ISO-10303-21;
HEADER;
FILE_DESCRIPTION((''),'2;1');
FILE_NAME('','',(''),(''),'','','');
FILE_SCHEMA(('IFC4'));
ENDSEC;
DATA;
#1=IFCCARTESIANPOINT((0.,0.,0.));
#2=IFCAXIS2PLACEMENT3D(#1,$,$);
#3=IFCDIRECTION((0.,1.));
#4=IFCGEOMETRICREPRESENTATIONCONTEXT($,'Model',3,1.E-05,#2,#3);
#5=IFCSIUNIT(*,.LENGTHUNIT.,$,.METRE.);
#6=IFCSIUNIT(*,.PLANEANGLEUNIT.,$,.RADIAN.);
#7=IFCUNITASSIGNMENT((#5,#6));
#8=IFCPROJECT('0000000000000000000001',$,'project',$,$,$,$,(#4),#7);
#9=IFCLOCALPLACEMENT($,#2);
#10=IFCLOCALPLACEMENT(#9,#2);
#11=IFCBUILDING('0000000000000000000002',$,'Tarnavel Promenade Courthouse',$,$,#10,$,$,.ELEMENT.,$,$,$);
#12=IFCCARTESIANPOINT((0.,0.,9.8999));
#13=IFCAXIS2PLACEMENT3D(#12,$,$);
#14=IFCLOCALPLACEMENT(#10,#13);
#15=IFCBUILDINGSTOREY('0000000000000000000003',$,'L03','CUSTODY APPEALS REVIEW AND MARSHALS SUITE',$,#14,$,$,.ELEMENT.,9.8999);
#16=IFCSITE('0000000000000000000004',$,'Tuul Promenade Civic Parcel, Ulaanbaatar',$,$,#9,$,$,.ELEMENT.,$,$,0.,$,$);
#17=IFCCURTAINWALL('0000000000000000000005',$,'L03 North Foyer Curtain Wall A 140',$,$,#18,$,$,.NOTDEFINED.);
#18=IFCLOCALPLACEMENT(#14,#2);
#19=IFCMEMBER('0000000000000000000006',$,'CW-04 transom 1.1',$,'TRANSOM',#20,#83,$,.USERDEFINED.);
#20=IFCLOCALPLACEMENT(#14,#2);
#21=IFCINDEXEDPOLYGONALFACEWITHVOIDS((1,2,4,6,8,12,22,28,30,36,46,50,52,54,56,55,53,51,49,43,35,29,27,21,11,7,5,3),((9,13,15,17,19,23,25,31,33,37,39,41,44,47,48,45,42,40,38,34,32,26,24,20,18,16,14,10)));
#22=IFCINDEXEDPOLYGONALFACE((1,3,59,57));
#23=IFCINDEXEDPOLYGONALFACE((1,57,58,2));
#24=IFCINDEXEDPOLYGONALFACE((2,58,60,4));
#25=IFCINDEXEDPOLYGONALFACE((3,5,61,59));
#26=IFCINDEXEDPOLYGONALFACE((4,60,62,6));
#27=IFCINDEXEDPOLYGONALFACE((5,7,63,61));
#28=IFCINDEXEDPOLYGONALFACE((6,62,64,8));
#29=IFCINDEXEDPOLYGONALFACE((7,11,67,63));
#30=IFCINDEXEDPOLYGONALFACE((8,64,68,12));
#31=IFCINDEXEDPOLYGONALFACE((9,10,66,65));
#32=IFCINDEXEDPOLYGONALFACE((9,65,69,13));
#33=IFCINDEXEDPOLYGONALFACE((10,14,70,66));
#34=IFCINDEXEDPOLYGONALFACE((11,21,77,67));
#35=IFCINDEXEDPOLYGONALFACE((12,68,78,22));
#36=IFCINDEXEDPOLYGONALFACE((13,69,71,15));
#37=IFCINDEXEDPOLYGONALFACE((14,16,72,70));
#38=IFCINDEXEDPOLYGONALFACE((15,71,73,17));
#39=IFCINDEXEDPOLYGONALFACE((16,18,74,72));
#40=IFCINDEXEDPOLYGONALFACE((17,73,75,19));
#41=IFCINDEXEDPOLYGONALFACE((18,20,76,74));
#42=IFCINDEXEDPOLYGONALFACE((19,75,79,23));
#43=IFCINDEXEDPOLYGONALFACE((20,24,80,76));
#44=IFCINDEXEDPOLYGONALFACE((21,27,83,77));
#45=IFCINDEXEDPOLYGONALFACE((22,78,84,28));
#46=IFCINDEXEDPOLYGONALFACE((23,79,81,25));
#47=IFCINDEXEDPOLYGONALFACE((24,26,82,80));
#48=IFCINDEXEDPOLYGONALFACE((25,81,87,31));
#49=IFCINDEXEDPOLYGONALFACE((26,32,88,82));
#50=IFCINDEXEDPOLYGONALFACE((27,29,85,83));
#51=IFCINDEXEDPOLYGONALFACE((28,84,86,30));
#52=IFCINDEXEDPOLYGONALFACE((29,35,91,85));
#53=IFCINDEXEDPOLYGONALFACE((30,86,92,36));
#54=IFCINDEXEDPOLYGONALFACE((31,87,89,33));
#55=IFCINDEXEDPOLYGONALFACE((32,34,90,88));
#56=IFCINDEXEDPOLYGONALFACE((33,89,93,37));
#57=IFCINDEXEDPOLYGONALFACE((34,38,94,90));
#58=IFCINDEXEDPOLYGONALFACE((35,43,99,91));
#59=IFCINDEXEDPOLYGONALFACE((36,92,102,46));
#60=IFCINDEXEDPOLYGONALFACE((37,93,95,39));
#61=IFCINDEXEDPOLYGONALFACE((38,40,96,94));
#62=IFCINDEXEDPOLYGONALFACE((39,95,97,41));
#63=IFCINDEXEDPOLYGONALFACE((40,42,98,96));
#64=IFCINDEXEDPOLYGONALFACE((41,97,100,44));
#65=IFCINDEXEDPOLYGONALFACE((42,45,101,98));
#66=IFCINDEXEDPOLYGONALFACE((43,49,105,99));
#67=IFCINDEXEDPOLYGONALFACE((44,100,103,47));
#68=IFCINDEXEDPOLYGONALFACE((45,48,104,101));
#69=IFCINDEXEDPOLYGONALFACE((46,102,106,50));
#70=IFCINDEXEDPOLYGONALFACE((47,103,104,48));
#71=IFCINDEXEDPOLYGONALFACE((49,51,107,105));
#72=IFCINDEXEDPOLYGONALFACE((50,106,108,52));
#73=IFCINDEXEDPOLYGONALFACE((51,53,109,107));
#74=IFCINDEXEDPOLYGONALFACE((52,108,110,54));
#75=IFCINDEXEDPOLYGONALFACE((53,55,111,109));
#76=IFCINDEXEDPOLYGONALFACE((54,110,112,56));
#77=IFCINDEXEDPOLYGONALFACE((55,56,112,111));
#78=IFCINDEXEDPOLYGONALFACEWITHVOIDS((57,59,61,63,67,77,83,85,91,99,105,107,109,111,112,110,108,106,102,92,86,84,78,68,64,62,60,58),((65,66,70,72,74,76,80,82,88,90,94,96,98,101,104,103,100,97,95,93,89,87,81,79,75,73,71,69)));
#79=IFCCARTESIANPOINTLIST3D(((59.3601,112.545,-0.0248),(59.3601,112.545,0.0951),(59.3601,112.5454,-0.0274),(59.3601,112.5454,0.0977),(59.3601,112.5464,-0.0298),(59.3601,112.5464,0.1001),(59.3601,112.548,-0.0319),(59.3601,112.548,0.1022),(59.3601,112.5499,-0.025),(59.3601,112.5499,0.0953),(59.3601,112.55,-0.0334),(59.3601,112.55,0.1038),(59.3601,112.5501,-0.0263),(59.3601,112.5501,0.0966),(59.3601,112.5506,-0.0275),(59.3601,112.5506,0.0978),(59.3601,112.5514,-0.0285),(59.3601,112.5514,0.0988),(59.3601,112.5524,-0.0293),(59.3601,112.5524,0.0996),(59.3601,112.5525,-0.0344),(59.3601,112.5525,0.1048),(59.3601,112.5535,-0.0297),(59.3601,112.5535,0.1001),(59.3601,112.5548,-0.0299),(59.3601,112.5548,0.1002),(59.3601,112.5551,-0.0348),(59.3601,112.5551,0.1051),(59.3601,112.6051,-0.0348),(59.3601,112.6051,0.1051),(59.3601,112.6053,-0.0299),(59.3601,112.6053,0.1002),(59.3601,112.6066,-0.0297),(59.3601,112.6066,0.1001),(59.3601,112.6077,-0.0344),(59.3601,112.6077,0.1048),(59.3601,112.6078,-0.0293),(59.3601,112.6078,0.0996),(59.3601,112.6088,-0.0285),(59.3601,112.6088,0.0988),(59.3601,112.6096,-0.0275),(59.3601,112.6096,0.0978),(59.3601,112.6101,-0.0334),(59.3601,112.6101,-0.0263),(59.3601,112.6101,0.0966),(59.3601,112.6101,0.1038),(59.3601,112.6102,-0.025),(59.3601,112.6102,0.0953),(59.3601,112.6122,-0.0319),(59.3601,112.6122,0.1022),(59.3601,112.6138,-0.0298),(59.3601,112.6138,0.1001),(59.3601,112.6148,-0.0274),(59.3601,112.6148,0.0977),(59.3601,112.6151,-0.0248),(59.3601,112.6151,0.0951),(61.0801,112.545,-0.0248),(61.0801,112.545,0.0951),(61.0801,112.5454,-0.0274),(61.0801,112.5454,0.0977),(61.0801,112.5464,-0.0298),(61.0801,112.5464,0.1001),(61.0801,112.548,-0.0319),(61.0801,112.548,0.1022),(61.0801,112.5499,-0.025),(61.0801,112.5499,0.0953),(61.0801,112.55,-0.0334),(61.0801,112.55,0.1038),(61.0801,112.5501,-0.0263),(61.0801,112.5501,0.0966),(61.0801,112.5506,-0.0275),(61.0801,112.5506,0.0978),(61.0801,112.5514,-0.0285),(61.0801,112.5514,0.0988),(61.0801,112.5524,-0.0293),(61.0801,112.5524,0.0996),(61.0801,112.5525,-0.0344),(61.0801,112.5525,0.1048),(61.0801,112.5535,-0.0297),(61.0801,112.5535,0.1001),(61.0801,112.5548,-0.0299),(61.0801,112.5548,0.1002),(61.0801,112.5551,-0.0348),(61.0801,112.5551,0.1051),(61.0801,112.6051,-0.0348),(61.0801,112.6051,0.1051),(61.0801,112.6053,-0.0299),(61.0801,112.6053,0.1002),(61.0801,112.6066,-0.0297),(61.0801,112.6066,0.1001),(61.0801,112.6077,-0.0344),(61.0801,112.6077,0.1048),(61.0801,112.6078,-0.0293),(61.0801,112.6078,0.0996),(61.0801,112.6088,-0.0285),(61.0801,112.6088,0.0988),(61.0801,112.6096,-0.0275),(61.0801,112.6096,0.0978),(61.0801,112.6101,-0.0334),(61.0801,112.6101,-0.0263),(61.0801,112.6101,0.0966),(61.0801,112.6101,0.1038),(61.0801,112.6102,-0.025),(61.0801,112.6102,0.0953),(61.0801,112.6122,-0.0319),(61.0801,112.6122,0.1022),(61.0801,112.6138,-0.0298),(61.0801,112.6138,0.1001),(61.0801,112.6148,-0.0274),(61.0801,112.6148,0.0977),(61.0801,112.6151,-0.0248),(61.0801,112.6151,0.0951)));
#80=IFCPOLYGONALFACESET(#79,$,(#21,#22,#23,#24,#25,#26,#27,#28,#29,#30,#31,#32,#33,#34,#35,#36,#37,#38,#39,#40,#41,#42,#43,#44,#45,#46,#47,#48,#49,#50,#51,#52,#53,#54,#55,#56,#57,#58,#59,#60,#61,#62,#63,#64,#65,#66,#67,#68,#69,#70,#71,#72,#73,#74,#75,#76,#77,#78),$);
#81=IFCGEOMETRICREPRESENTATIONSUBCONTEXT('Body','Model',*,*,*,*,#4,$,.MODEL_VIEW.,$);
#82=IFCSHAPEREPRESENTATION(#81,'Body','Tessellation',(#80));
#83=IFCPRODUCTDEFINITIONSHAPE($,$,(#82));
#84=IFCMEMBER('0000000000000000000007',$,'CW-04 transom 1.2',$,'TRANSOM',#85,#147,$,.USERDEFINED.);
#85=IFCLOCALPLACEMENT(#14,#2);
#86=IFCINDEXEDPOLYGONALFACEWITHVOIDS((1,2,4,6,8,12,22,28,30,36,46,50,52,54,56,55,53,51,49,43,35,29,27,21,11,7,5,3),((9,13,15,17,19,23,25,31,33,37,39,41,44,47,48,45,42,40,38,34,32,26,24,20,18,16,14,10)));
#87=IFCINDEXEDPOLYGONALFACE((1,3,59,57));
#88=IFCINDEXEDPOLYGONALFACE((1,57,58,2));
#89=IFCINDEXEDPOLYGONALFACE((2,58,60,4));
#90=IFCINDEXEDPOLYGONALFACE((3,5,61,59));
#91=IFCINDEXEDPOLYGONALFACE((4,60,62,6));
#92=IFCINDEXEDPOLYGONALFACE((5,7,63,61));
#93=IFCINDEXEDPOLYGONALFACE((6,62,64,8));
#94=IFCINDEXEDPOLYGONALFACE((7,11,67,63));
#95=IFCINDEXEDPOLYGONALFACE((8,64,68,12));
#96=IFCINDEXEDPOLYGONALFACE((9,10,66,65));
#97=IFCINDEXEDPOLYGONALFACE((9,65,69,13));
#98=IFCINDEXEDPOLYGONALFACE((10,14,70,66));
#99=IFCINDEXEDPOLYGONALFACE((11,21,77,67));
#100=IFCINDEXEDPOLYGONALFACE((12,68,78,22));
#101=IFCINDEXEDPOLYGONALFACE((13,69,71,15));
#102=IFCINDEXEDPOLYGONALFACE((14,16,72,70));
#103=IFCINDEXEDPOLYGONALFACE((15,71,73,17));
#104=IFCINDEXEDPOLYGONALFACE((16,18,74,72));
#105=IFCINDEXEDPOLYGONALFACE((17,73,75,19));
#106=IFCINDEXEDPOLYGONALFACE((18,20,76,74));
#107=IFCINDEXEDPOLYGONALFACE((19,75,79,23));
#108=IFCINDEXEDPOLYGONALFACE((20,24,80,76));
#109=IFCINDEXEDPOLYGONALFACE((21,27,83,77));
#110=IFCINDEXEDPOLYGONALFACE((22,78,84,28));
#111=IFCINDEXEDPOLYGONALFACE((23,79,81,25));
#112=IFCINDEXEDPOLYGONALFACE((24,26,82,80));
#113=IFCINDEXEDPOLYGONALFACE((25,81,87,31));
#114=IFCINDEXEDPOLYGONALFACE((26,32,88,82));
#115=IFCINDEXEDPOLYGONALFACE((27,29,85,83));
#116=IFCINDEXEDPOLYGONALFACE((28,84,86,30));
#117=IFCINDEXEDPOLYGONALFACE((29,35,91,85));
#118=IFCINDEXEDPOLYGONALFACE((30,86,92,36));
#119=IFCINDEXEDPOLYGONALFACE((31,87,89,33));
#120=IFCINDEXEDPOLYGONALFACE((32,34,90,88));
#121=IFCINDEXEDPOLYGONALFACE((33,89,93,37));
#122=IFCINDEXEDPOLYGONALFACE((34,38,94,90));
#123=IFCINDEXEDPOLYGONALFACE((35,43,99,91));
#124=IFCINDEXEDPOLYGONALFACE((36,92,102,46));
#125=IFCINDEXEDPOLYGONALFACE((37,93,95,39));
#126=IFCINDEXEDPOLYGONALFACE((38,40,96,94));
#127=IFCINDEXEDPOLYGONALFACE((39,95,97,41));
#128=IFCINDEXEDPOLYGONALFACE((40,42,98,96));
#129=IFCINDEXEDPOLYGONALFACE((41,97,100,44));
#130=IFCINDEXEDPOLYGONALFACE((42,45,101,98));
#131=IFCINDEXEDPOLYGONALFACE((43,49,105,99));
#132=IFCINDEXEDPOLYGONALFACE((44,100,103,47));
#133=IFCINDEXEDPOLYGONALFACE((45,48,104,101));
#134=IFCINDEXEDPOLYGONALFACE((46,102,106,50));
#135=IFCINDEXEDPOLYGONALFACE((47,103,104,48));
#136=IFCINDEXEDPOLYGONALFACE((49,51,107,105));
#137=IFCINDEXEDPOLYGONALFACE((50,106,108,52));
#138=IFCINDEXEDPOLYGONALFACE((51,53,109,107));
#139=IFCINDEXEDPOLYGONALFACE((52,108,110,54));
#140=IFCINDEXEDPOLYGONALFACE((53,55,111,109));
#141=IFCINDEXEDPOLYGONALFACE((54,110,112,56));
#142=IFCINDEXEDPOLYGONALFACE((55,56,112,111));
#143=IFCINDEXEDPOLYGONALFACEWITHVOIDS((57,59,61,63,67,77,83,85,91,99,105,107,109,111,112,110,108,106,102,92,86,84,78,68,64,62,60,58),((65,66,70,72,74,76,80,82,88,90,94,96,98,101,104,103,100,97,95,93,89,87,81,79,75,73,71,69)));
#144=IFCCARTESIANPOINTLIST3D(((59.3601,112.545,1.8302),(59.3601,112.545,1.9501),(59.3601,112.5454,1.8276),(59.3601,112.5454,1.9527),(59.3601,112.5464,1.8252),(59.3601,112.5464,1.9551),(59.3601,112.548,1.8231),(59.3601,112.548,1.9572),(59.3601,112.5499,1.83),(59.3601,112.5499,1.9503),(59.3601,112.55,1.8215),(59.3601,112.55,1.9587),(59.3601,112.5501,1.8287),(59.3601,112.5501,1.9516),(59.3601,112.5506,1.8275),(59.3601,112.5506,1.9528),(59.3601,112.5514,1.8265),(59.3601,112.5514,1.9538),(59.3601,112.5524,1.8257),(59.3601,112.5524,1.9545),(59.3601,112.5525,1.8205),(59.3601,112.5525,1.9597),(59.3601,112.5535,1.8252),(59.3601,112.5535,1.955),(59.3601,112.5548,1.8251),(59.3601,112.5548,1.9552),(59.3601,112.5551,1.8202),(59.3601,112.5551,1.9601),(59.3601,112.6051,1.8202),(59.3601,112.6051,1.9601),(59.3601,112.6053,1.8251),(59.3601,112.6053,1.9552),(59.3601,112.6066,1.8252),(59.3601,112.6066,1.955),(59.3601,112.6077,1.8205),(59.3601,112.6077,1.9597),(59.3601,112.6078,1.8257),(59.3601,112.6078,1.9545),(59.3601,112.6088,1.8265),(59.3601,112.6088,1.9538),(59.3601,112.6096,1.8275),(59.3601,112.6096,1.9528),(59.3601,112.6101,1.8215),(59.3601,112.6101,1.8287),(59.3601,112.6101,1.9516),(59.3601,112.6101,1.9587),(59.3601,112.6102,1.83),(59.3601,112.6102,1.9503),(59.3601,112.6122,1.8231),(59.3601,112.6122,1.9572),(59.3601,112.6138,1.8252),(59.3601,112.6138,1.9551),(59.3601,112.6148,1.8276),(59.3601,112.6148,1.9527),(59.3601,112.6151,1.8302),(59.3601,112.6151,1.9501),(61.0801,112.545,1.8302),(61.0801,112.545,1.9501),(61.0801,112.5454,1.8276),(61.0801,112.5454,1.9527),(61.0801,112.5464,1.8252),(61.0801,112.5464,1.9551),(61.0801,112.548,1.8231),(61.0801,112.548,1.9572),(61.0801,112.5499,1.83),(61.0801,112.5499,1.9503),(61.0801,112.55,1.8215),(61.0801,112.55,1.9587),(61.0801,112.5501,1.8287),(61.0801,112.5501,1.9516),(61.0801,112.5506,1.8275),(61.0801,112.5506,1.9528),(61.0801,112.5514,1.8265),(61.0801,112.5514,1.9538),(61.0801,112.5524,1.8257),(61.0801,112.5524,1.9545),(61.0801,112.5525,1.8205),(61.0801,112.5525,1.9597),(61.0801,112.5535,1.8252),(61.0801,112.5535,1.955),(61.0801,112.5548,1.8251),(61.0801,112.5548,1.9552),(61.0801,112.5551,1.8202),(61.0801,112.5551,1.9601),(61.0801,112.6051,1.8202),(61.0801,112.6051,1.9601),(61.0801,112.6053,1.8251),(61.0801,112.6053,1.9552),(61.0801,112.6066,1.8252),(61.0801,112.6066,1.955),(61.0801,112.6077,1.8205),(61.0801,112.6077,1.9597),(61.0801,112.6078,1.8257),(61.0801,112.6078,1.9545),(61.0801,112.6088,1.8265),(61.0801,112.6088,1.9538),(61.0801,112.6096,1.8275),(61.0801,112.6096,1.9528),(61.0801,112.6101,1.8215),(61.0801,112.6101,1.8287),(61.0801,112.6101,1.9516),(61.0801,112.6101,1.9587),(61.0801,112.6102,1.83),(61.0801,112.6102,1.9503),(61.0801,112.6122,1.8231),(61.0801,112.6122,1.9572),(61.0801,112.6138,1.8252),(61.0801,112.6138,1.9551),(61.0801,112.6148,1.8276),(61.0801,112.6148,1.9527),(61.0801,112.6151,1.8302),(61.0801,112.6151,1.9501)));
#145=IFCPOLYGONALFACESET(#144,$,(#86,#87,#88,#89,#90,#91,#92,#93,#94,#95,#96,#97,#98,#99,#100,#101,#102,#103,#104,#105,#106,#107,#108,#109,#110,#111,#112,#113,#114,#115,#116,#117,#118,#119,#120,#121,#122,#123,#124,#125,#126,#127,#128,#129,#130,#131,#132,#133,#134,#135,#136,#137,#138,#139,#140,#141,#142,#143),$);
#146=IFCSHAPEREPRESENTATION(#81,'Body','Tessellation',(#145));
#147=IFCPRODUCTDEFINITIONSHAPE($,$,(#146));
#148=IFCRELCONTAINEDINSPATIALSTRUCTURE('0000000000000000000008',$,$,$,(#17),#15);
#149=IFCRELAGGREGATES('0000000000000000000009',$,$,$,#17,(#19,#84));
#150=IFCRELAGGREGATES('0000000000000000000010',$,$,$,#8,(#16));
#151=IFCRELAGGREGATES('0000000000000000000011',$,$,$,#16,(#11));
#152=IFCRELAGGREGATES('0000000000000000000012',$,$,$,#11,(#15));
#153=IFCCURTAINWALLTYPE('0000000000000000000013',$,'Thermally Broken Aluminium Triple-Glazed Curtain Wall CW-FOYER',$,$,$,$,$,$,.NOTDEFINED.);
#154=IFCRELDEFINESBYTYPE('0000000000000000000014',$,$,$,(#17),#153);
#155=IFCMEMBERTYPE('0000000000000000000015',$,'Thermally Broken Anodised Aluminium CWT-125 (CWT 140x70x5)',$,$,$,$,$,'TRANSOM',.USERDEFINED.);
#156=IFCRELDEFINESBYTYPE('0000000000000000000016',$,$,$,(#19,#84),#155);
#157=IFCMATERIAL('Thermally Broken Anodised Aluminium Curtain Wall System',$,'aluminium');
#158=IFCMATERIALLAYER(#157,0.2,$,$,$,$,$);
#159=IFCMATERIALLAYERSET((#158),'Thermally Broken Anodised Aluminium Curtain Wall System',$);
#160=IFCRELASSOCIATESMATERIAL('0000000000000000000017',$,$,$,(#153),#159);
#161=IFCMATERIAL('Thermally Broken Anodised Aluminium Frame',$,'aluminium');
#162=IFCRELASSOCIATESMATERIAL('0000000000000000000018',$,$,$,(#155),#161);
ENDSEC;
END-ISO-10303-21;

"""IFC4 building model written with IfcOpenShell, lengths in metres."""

from ifc_helpers import new_model, si_unit, direction, frame, origin, origin_2d, place, context, subcontext, project, spatial, hollow_rectangle, extrude, material, layer, layer_set, material_profile, profile_set, type_object, element, aggregate, save


model = new_model("IFC4")

# Units and contexts
model_context = context("Model", 3, precision=1e-05, world=origin(), true_north=direction((0.0, 1.0)))
body_context = subcontext(model_context, "Body", "Model", "MODEL_VIEW")
ifc_project = project(units=[si_unit("LENGTHUNIT", "METRE"), si_unit("PLANEANGLEUNIT", "RADIAN")], contexts=[model_context])

# Site, building, storey
site_placement = place(None, origin())
site = spatial("IfcSite", under=ifc_project, at=site_placement, Name="Tuul Promenade Civic Parcel, Ulaanbaatar", CompositionType="ELEMENT", RefElevation=0.0)
building_placement = place(site_placement, origin())
building = spatial("IfcBuilding", under=site, at=building_placement, Name="Tarnavel Promenade Courthouse", CompositionType="ELEMENT")
storey_placement = place(building_placement, frame((0.0, 0.0, 9.8999)))
storey = spatial("IfcBuildingStorey", under=building, at=storey_placement, Name="L03", Description="CUSTODY APPEALS REVIEW AND MARSHALS SUITE", CompositionType="ELEMENT", Elevation=9.8999)

# Shared definitions
ifc_material_1 = material(Name="Thermally Broken Anodised Aluminium Curtain Wall System", Category="aluminium")
ifc_layer_1 = layer(ifc_material_1, 0.2)
ifc_layer_set_1 = layer_set([ifc_layer_1], Name="Thermally Broken Anodised Aluminium Curtain Wall System")
curtain_wall_type = type_object("IfcCurtainWallType", Name="Thermally Broken Aluminium Triple-Glazed Curtain Wall CW-FOYER", PredefinedType="NOTDEFINED", material=ifc_layer_set_1)
ifc_material_2 = material(Name="Thermally Broken Anodised Aluminium Frame", Category="aluminium")

# Curtain wall
curtain_wall_1_placement = place(storey_placement, origin())
curtain_wall_1 = element("IfcCurtainWall", 1, at=curtain_wall_1_placement, inside=storey, type_object=curtain_wall_type, Name="L03 North Foyer Curtain Wall A 140", PredefinedType="NOTDEFINED")

# Members
ifc_material_profile_1 = material_profile(ifc_material_2, hollow_rectangle(XDim=0.0701, YDim=0.1399, WallThickness=0.0049, InnerFilletRadius=0.0049, OuterFilletRadius=0.01, at=origin_2d()), Name="CWT 140x70x5")
ifc_profile_set_1 = profile_set([ifc_material_profile_1], Name="Thermally Broken Anodised Aluminium Frame")
member_type_1 = type_object("IfcMemberType", Name="Thermally Broken Anodised Aluminium CWT-125 (CWT 140x70x5)", ElementType="TRANSOM", PredefinedType="USERDEFINED", material=ifc_profile_set_1)
member_1_placement = place(storey_placement, frame((59.3601, 112.5801, 0.0352), z_axis=(1.0, 0.0, 0.0), x_axis=(0.0, 1.0, 0.0)))
member_1 = element("IfcMember", 2, at=member_1_placement, type_object=member_type_1, Name="CW-04 transom 1.1", ObjectType="TRANSOM", PredefinedType="USERDEFINED", context=body_context, shape_type="SweptSolid", body=[
    extrude(hollow_rectangle(XDim=0.0701, YDim=0.1399, WallThickness=0.0049, InnerFilletRadius=0.0049, OuterFilletRadius=0.01, at=origin_2d()), origin(), (0.0, 0.0, 1.0), 1.72),
])
member_2_placement = place(storey_placement, frame((59.3601, 112.5801, 1.8901), z_axis=(1.0, 0.0, 0.0), x_axis=(0.0, 1.0, 0.0)))
member_2 = element("IfcMember", 3, at=member_2_placement, type_object=member_type_1, Name="CW-04 transom 1.2", ObjectType="TRANSOM", PredefinedType="USERDEFINED", context=body_context, shape_type="SweptSolid", body=[
    extrude(hollow_rectangle(XDim=0.0701, YDim=0.1399, WallThickness=0.0049, InnerFilletRadius=0.0049, OuterFilletRadius=0.01, at=origin_2d()), origin(), (0.0, 0.0, 1.0), 1.72),
])

aggregate(curtain_wall_1, [member_1, member_2])

save(model, "model.ifc")
